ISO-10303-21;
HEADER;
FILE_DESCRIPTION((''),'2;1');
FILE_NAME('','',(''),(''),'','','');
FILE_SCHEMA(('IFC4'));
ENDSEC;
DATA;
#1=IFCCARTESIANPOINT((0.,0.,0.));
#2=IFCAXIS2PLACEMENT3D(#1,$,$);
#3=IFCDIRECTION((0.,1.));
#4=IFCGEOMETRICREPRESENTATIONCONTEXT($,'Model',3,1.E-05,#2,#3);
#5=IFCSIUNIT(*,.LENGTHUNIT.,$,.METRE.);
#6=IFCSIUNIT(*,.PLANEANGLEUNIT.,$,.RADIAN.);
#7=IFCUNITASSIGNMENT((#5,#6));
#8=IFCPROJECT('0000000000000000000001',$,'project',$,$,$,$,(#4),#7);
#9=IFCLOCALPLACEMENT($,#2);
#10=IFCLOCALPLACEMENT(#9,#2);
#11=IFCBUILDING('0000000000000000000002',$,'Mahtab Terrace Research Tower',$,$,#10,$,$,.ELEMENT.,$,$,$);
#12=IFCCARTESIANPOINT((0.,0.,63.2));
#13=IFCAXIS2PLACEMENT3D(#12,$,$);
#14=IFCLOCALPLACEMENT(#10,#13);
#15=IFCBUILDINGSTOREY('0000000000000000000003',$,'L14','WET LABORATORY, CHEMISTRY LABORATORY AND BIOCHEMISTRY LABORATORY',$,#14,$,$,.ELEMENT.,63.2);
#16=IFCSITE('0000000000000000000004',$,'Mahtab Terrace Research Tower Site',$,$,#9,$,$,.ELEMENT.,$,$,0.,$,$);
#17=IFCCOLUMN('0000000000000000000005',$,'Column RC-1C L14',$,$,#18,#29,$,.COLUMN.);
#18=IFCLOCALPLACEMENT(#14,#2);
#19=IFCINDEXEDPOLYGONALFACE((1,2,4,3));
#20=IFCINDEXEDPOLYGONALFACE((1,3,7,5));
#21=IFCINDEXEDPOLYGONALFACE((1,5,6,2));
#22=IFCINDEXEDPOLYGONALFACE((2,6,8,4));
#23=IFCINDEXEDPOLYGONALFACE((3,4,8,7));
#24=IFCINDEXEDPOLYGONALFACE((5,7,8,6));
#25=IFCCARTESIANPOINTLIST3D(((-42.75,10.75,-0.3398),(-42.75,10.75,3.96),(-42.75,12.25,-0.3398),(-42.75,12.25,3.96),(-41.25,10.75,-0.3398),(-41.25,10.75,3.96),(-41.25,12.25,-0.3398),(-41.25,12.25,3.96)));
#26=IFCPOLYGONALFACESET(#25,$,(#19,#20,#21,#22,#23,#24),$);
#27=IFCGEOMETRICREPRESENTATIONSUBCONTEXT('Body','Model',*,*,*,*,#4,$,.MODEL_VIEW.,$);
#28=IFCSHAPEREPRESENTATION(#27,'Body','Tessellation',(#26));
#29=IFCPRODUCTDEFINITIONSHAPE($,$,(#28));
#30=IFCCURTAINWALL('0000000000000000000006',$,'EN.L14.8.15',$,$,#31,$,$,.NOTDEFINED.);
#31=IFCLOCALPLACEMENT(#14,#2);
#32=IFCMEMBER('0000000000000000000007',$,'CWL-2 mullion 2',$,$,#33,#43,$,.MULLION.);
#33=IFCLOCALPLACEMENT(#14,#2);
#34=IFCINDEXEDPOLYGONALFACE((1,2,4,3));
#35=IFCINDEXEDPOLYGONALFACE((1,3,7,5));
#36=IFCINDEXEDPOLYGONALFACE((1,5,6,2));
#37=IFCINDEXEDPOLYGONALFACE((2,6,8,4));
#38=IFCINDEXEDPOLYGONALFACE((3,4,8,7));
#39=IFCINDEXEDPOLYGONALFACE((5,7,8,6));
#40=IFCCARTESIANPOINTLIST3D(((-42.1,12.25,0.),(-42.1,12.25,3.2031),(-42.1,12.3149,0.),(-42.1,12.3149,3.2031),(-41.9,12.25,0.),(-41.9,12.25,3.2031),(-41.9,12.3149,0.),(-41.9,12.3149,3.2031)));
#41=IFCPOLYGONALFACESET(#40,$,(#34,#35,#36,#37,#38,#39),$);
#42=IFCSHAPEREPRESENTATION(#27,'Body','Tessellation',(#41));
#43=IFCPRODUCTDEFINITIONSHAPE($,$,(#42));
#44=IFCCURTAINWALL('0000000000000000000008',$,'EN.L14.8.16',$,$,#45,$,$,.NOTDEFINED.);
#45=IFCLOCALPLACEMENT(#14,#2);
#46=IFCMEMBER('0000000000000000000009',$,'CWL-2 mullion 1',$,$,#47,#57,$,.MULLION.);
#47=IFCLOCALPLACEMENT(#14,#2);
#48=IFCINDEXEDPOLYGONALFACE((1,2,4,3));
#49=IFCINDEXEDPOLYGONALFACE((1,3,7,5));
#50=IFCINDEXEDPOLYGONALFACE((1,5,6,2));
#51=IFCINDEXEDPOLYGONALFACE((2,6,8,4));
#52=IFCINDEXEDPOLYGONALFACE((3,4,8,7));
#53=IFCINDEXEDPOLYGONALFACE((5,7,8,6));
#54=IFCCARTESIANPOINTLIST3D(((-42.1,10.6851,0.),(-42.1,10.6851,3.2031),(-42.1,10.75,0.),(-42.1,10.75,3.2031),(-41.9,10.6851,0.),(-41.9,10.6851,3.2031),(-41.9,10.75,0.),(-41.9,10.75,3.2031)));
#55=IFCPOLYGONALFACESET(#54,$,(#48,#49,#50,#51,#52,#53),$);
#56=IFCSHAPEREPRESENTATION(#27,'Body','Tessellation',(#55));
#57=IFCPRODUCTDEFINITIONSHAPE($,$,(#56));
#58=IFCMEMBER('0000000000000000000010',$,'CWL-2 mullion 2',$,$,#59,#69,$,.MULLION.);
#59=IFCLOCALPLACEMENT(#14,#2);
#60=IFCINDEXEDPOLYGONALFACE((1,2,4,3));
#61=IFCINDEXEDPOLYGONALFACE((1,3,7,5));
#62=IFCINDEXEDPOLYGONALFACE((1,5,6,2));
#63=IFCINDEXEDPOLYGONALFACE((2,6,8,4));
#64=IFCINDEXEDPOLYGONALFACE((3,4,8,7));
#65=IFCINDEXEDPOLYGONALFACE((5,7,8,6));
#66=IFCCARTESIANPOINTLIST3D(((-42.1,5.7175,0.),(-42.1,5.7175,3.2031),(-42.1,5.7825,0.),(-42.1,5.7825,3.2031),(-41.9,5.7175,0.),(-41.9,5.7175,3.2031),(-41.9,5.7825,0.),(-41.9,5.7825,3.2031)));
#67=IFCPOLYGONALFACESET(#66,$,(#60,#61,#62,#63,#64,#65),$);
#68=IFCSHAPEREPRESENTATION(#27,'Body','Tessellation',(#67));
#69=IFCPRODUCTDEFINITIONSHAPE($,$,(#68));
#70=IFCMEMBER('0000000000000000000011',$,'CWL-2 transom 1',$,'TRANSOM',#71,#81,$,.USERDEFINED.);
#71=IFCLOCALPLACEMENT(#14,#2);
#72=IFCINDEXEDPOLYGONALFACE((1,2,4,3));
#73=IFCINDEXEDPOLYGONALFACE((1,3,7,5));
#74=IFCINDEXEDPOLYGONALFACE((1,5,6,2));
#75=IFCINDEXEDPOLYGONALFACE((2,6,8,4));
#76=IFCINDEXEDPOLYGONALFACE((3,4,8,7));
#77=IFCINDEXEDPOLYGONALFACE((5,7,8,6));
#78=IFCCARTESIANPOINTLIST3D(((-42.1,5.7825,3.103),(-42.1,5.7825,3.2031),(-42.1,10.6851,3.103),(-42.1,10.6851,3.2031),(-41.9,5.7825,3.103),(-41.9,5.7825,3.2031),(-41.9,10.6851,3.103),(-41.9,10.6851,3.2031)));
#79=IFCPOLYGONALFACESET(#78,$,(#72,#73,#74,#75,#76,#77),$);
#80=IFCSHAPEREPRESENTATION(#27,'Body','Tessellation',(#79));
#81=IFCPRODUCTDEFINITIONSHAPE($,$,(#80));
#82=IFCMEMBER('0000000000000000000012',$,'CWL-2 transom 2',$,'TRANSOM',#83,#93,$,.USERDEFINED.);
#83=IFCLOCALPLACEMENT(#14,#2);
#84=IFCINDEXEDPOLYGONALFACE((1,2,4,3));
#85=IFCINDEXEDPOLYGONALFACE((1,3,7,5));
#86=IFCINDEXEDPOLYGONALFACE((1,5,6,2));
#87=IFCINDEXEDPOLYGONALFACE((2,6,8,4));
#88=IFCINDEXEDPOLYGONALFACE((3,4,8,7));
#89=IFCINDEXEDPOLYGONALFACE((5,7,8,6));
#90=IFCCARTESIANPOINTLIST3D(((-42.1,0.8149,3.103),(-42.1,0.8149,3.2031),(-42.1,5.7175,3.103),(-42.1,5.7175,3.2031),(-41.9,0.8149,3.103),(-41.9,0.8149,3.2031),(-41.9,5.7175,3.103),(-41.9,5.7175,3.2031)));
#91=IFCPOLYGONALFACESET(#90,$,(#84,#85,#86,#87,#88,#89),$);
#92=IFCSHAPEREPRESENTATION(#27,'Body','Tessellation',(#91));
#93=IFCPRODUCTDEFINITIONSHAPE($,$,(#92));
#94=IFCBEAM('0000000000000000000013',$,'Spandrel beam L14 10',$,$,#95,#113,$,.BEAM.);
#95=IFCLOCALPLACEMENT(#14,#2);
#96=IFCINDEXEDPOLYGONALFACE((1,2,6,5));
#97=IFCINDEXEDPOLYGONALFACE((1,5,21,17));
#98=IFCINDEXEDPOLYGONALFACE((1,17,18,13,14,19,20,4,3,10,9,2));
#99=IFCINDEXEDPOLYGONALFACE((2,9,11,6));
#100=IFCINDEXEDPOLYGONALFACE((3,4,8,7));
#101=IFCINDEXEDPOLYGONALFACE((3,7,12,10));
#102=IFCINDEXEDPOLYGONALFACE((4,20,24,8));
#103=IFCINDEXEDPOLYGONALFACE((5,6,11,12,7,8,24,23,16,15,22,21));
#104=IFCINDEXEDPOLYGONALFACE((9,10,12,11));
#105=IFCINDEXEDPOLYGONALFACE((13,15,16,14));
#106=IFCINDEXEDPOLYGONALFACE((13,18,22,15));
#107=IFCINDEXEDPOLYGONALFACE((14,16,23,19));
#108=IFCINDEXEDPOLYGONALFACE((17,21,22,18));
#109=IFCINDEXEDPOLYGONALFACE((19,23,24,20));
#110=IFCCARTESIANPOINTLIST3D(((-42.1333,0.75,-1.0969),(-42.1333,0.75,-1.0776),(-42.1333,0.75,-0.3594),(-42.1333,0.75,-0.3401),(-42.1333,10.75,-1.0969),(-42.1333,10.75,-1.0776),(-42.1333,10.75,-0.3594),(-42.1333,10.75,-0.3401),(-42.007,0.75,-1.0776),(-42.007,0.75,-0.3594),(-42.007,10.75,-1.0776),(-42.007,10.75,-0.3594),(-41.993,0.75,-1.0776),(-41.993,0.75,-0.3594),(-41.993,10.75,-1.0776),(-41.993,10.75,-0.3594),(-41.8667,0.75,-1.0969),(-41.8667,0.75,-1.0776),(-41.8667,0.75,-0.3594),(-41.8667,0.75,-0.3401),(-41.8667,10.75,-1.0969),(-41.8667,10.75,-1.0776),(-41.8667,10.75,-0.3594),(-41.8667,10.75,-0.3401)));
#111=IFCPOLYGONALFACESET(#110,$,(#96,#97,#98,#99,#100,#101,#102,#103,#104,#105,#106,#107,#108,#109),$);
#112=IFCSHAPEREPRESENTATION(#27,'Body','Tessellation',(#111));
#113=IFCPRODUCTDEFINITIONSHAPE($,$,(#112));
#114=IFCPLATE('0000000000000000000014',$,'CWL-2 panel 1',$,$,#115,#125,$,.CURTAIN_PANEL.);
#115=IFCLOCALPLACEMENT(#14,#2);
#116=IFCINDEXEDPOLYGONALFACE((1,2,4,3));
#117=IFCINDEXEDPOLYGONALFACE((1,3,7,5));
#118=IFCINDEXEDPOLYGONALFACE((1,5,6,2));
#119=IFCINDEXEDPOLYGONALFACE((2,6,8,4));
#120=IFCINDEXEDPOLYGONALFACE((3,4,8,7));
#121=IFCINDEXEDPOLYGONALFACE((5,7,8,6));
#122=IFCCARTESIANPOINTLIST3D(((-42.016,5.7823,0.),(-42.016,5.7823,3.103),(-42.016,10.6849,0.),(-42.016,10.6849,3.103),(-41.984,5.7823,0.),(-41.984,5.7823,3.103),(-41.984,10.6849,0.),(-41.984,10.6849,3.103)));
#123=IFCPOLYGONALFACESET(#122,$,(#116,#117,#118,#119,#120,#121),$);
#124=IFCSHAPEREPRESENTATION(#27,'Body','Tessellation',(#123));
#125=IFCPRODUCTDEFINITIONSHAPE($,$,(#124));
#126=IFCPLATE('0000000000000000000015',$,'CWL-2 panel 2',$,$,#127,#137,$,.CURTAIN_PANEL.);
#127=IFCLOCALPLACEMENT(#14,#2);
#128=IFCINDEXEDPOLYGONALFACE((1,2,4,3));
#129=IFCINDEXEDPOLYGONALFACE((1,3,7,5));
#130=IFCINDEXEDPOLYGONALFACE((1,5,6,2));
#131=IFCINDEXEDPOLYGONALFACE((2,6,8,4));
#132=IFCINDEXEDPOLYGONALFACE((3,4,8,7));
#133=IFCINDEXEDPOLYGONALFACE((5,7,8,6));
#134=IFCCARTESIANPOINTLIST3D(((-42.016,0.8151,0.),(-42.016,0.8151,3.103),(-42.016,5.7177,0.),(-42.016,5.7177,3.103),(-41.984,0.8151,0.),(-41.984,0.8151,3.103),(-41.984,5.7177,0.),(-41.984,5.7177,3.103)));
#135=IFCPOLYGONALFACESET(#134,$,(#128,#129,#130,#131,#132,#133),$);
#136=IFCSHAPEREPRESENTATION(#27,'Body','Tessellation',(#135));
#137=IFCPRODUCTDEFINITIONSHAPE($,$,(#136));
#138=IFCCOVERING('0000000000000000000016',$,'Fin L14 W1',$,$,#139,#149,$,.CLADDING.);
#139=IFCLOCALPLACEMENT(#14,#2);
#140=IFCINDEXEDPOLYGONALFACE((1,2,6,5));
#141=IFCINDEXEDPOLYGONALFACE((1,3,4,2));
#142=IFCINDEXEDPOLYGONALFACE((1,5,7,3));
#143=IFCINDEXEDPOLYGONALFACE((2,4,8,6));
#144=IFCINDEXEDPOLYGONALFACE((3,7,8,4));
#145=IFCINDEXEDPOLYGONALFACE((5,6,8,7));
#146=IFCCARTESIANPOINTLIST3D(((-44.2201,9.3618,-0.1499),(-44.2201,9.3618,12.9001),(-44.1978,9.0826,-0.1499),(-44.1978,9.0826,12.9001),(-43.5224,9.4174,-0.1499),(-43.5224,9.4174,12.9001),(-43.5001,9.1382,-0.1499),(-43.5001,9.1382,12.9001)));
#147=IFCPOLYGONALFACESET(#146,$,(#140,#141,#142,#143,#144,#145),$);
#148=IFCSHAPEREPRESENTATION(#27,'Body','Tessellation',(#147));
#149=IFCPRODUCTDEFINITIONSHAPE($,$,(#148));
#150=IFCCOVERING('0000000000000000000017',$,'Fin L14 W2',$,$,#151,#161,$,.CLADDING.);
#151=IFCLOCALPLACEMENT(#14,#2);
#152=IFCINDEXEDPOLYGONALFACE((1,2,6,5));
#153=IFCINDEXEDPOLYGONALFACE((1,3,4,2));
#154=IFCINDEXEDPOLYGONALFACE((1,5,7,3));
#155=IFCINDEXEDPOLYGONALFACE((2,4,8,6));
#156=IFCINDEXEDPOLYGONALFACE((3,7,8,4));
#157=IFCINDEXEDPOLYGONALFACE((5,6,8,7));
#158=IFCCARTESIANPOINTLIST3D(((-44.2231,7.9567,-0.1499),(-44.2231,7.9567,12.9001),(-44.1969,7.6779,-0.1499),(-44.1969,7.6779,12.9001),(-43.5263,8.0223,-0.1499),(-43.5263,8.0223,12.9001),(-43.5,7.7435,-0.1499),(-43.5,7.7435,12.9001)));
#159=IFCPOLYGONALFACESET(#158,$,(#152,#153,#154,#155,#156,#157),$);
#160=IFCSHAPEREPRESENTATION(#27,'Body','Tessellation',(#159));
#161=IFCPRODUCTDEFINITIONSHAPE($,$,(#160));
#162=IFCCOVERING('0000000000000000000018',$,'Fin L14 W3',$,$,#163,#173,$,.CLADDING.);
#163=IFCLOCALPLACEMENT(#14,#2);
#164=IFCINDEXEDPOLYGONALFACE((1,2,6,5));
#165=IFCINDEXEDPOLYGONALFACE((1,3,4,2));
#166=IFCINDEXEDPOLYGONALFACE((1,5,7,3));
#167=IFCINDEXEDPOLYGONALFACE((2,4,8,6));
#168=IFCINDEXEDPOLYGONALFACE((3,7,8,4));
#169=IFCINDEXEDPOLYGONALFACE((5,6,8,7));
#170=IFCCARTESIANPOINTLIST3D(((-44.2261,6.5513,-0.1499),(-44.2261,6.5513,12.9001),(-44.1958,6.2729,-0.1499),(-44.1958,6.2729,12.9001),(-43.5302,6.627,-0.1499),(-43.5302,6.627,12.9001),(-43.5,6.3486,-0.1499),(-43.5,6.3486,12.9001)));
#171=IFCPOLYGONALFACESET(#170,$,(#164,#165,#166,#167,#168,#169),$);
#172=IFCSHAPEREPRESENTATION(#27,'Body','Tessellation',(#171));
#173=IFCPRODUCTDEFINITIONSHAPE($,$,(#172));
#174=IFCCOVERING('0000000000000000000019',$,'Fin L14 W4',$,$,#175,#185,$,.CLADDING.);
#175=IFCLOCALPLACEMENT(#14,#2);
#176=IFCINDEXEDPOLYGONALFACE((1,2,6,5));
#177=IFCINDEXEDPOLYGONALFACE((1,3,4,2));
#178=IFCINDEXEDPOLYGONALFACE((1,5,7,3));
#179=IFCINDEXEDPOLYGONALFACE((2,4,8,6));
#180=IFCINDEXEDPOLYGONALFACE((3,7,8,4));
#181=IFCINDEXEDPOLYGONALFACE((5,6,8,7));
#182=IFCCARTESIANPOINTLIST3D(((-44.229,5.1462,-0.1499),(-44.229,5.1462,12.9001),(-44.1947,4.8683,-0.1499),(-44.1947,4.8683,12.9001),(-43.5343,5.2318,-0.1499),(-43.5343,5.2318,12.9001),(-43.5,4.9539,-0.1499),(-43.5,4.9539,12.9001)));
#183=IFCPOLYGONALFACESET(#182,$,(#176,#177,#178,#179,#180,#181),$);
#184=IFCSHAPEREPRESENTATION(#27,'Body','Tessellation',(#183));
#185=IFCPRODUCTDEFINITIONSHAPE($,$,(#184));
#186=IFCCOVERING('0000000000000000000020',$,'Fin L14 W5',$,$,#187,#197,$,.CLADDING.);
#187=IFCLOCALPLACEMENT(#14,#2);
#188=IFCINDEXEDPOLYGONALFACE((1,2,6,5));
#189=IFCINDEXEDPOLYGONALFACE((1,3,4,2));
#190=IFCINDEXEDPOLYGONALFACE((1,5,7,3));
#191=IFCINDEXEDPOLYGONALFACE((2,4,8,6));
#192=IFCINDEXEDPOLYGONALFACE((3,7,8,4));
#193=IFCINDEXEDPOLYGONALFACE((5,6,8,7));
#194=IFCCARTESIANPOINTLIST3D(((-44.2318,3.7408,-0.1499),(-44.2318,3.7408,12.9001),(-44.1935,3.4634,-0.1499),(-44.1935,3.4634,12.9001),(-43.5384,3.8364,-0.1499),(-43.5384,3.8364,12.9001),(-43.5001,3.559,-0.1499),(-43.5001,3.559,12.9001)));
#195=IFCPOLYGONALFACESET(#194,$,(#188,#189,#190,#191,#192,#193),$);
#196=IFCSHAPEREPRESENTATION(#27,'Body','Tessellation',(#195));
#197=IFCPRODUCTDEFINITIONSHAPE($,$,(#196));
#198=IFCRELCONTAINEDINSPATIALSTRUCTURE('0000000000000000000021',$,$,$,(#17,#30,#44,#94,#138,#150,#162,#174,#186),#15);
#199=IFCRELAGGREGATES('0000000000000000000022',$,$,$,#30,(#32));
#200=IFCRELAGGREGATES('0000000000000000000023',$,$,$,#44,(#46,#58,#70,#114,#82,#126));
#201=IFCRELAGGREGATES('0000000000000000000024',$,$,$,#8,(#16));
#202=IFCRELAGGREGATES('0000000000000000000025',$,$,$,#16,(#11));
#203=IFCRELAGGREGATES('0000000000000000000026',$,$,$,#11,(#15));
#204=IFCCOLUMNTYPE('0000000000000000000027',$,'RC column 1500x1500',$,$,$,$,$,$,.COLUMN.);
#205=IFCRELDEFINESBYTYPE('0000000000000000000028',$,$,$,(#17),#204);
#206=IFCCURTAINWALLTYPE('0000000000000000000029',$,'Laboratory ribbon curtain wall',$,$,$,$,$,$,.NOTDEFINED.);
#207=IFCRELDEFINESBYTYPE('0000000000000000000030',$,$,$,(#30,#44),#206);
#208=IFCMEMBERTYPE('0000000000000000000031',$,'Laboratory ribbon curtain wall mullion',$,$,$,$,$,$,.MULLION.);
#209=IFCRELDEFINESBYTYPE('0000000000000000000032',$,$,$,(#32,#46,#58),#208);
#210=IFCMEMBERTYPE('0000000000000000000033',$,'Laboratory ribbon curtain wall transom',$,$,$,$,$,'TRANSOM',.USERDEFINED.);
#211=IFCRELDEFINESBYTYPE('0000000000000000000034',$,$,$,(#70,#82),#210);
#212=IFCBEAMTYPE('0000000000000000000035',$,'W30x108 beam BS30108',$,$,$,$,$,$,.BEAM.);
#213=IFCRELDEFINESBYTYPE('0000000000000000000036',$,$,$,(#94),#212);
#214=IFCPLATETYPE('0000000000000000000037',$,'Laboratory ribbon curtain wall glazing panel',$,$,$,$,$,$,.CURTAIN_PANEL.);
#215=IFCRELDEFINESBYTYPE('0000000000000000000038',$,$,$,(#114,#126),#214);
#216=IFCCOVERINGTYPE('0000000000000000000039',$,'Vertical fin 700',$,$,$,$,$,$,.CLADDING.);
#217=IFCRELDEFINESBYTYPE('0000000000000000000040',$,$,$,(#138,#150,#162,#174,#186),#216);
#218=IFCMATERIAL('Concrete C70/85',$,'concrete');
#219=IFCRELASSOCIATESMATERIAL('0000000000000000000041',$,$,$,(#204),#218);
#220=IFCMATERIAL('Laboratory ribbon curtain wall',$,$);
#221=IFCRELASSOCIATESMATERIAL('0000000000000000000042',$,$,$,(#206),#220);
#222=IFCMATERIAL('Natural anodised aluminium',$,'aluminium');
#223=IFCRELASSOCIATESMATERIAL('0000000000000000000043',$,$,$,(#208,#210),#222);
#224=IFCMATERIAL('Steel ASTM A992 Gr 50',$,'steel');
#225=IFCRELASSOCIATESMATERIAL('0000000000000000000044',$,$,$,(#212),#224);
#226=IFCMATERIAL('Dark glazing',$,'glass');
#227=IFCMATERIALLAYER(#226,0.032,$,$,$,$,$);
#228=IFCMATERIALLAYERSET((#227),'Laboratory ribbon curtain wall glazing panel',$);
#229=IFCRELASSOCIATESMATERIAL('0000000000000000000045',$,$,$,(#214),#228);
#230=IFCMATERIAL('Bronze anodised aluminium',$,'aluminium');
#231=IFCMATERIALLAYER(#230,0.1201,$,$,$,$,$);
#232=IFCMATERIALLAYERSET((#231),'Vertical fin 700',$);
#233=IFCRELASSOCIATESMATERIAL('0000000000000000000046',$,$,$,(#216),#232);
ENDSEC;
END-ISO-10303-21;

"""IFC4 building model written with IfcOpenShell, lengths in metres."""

from ifc_helpers import new_model, si_unit, direction, frame, origin, origin_2d, place, context, subcontext, project, spatial, rectangle, i_section, extrude, material, layer, layer_set, material_profile, profile_set, type_object, element, aggregate, save


model = new_model("IFC4")

# Units and contexts
model_context = context("Model", 3, precision=1e-05, world=origin(), true_north=direction((0.0, 1.0)))
body_context = subcontext(model_context, "Body", "Model", "MODEL_VIEW")
ifc_project = project(units=[si_unit("LENGTHUNIT", "METRE"), si_unit("PLANEANGLEUNIT", "RADIAN")], contexts=[model_context])

# Site, building, storey
site_placement = place(None, origin())
site = spatial("IfcSite", under=ifc_project, at=site_placement, Name="Mahtab Terrace Research Tower Site", CompositionType="ELEMENT", RefElevation=0.0)
building_placement = place(site_placement, origin())
building = spatial("IfcBuilding", under=site, at=building_placement, Name="Mahtab Terrace Research Tower", CompositionType="ELEMENT")
storey_placement = place(building_placement, frame((0.0, 0.0, 63.2)))
storey = spatial("IfcBuildingStorey", under=building, at=storey_placement, Name="L14", Description="WET LABORATORY, CHEMISTRY LABORATORY AND BIOCHEMISTRY LABORATORY", CompositionType="ELEMENT", Elevation=63.2)

# Column
ifc_material_1 = material(Name="Concrete C70/85", Category="concrete")
ifc_material_profile_1 = material_profile(ifc_material_1, rectangle(XDim=1.5, YDim=1.5, at=origin_2d()), Name="RC column 1500x1500")
ifc_profile_set_1 = profile_set([ifc_material_profile_1], Name="Concrete C70/85")
column_type = type_object("IfcColumnType", Name="RC column 1500x1500", PredefinedType="COLUMN", material=ifc_profile_set_1)
column_placement = place(storey_placement, frame((-42.0, 11.5, -0.3398), z_axis=(0.0, 0.0, 1.0), x_axis=(1.0, 0.0, 0.0)))
element("IfcColumn", 1, at=column_placement, inside=storey, type_object=column_type, Name="Column RC-1C L14", PredefinedType="COLUMN", context=body_context, shape_type="SweptSolid", body=[
    extrude(rectangle(XDim=1.5, YDim=1.5, at=origin_2d()), origin(), (0.0, 0.0, 1.0), 4.2998),
])

# Curtain wall, member
ifc_material_2 = material(Name="Laboratory ribbon curtain wall")
curtain_wall_type = type_object("IfcCurtainWallType", Name="Laboratory ribbon curtain wall", PredefinedType="NOTDEFINED", material=ifc_material_2)
curtain_wall_1_placement = place(storey_placement, origin())
curtain_wall_1 = element("IfcCurtainWall", 2, at=curtain_wall_1_placement, inside=storey, type_object=curtain_wall_type, Name="EN.L14.8.15", PredefinedType="NOTDEFINED")
ifc_material_3 = material(Name="Natural anodised aluminium", Category="aluminium")
ifc_material_profile_2 = material_profile(ifc_material_3, rectangle(XDim=0.2, YDim=0.0649, at=origin_2d()), Name="MULLION 65x200")
ifc_profile_set_2 = profile_set([ifc_material_profile_2], Name="Natural anodised aluminium")
member_type_1 = type_object("IfcMemberType", Name="Laboratory ribbon curtain wall mullion", PredefinedType="MULLION", material=ifc_profile_set_2)
member_1_placement = place(storey_placement, frame((-42.0, 12.2825, 0.0), z_axis=(0.0, 0.0, 1.0), x_axis=(1.0, 0.0, 0.0)))
member_1 = element("IfcMember", 3, at=member_1_placement, type_object=member_type_1, Name="CWL-2 mullion 2", PredefinedType="MULLION", context=body_context, shape_type="SweptSolid", body=[
    extrude(rectangle(XDim=0.2, YDim=0.0649, at=origin_2d()), origin(), (0.0, 0.0, 1.0), 3.2031),
])
aggregate(curtain_wall_1, [member_1])

# Curtain wall, members
curtain_wall_2_placement = place(storey_placement, origin())
curtain_wall_2 = element("IfcCurtainWall", 4, at=curtain_wall_2_placement, inside=storey, type_object=curtain_wall_type, Name="EN.L14.8.16", PredefinedType="NOTDEFINED")
member_2_placement = place(storey_placement, frame((-42.0, 10.7175, 0.0), z_axis=(0.0, 0.0, 1.0), x_axis=(1.0, 0.0, 0.0)))
member_2 = element("IfcMember", 5, at=member_2_placement, type_object=member_type_1, Name="CWL-2 mullion 1", PredefinedType="MULLION", context=body_context, shape_type="SweptSolid", body=[
    extrude(rectangle(XDim=0.2, YDim=0.0649, at=origin_2d()), origin(), (0.0, 0.0, 1.0), 3.2031),
])
member_3_placement = place(storey_placement, frame((-42.0, 5.75, 0.0), z_axis=(0.0, 0.0, 1.0), x_axis=(1.0, 0.0, 0.0)))
member_3 = element("IfcMember", 6, at=member_3_placement, type_object=member_type_1, Name="CWL-2 mullion 2", PredefinedType="MULLION", context=body_context, shape_type="SweptSolid", body=[
    extrude(rectangle(XDim=0.2, YDim=0.0649, at=origin_2d()), origin(), (0.0, 0.0, 1.0), 3.2031),
])
ifc_material_profile_3 = material_profile(ifc_material_3, rectangle(XDim=0.2, YDim=0.1001, at=origin_2d()), Name="TRANSOM 100x200")
ifc_profile_set_3 = profile_set([ifc_material_profile_3], Name="Natural anodised aluminium")
member_type_2 = type_object("IfcMemberType", Name="Laboratory ribbon curtain wall transom", ElementType="TRANSOM", PredefinedType="USERDEFINED", material=ifc_profile_set_3)
member_4_placement = place(storey_placement, frame((-42.0, 10.6851, 3.1531), z_axis=(0.0, -1.0, 0.0), x_axis=(1.0, 0.0, 0.0)))
member_4 = element("IfcMember", 7, at=member_4_placement, type_object=member_type_2, Name="CWL-2 transom 1", ObjectType="TRANSOM", PredefinedType="USERDEFINED", context=body_context, shape_type="SweptSolid", body=[
    extrude(rectangle(XDim=0.2, YDim=0.1001, at=origin_2d()), origin(), (0.0, 0.0, 1.0), 4.9026),
])
member_5_placement = place(storey_placement, frame((-42.0, 5.7175, 3.1531), z_axis=(0.0, -1.0, 0.0), x_axis=(1.0, 0.0, 0.0)))
member_5 = element("IfcMember", 8, at=member_5_placement, type_object=member_type_2, Name="CWL-2 transom 2", ObjectType="TRANSOM", PredefinedType="USERDEFINED", context=body_context, shape_type="SweptSolid", body=[
    extrude(rectangle(XDim=0.2, YDim=0.1001, at=origin_2d()), origin(), (0.0, 0.0, 1.0), 4.9026),
])

# Beam
ifc_material_4 = material(Name="Steel ASTM A992 Gr 50", Category="steel")
ifc_material_profile_4 = material_profile(ifc_material_4, i_section(OverallWidth=0.2666, OverallDepth=0.7568, WebThickness=0.0139, FlangeThickness=0.0193, at=origin_2d()), Name="W30X108")
ifc_profile_set_4 = profile_set([ifc_material_profile_4], Name="Steel ASTM A992 Gr 50")
beam_type = type_object("IfcBeamType", Name="W30x108 beam BS30108", PredefinedType="BEAM", material=ifc_profile_set_4)
beam_placement = place(storey_placement, frame((-42.0, 10.75, -0.7185), z_axis=(0.0, -1.0, 0.0), x_axis=(1.0, 0.0, 0.0)))
element("IfcBeam", 9, at=beam_placement, inside=storey, type_object=beam_type, Name="Spandrel beam L14 10", PredefinedType="BEAM", context=body_context, shape_type="SweptSolid", body=[
    extrude(i_section(OverallWidth=0.2666, OverallDepth=0.7568, WebThickness=0.0139, FlangeThickness=0.0193, at=origin_2d()), origin(), (0.0, 0.0, 1.0), 10.0),
])

# Plates
ifc_material_5 = material(Name="Dark glazing", Category="glass")
ifc_layer_1 = layer(ifc_material_5, 0.032)
ifc_layer_set_1 = layer_set([ifc_layer_1], Name="Laboratory ribbon curtain wall glazing panel")
plate_type = type_object("IfcPlateType", Name="Laboratory ribbon curtain wall glazing panel", PredefinedType="CURTAIN_PANEL", material=ifc_layer_set_1)
plate_1_placement = place(storey_placement, frame((-42.0, 8.2336, 0.0), z_axis=(0.0, 0.0, 1.0), x_axis=(0.0, -1.0, 0.0)))
plate_1 = element("IfcPlate", 10, at=plate_1_placement, type_object=plate_type, Name="CWL-2 panel 1", PredefinedType="CURTAIN_PANEL", context=body_context, shape_type="SweptSolid", body=[
    extrude(rectangle(XDim=4.9026, YDim=0.032, at=origin_2d()), origin(), (0.0, 0.0, 1.0), 3.103),
])
plate_2_placement = place(storey_placement, frame((-42.0, 3.2664, 0.0), z_axis=(0.0, 0.0, 1.0), x_axis=(0.0, -1.0, 0.0)))
plate_2 = element("IfcPlate", 11, at=plate_2_placement, type_object=plate_type, Name="CWL-2 panel 2", PredefinedType="CURTAIN_PANEL", context=body_context, shape_type="SweptSolid", body=[
    extrude(rectangle(XDim=4.9026, YDim=0.032, at=origin_2d()), origin(), (0.0, 0.0, 1.0), 3.103),
])
aggregate(curtain_wall_2, [member_2, member_3, member_4, plate_1, member_5, plate_2])

# Coverings
ifc_material_6 = material(Name="Bronze anodised aluminium", Category="aluminium")
ifc_layer_2 = layer(ifc_material_6, 0.1201)
ifc_layer_set_2 = layer_set([ifc_layer_2], Name="Vertical fin 700")
covering_type = type_object("IfcCoveringType", Name="Vertical fin 700", PredefinedType="CLADDING", material=ifc_layer_set_2)
for number, where, z_axis, x_axis, name in (
    (12, (-43.8601, 9.25, -0.1499), (0.0, 0.0, 1.0), (0.079483, -0.996836, 0.0), "Fin L14 W1"),
    (13, (-43.8616, 7.8501, -0.1499), (0.0, 0.0, 1.0), (0.093802, -0.995591, 0.0), "Fin L14 W2"),
    (14, (-43.863, 6.45, -0.1499), (0.0, 0.0, 1.0), (0.108101, -0.99414, 0.0), "Fin L14 W3"),
    (15, (-43.8645, 5.05, -0.1499), (0.0, 0.0, 1.0), (0.122379, -0.992483, 0.0), "Fin L14 W4"),
    (16, (-43.866, 3.6499, -0.1499), (0.0, 0.0, 1.0), (0.136631, -0.990622, 0.0), "Fin L14 W5"),
):
    element("IfcCovering", number, at=place(storey_placement, frame(where, z_axis=z_axis, x_axis=x_axis)), inside=storey, type_object=covering_type, Name=name, PredefinedType="CLADDING", context=body_context, shape_type="SweptSolid", body=[
        extrude(rectangle(XDim=0.28, YDim=0.7, at=origin_2d()), origin(), (0.0, 0.0, 1.0), 13.05),
    ])

save(model, "model.ifc")
